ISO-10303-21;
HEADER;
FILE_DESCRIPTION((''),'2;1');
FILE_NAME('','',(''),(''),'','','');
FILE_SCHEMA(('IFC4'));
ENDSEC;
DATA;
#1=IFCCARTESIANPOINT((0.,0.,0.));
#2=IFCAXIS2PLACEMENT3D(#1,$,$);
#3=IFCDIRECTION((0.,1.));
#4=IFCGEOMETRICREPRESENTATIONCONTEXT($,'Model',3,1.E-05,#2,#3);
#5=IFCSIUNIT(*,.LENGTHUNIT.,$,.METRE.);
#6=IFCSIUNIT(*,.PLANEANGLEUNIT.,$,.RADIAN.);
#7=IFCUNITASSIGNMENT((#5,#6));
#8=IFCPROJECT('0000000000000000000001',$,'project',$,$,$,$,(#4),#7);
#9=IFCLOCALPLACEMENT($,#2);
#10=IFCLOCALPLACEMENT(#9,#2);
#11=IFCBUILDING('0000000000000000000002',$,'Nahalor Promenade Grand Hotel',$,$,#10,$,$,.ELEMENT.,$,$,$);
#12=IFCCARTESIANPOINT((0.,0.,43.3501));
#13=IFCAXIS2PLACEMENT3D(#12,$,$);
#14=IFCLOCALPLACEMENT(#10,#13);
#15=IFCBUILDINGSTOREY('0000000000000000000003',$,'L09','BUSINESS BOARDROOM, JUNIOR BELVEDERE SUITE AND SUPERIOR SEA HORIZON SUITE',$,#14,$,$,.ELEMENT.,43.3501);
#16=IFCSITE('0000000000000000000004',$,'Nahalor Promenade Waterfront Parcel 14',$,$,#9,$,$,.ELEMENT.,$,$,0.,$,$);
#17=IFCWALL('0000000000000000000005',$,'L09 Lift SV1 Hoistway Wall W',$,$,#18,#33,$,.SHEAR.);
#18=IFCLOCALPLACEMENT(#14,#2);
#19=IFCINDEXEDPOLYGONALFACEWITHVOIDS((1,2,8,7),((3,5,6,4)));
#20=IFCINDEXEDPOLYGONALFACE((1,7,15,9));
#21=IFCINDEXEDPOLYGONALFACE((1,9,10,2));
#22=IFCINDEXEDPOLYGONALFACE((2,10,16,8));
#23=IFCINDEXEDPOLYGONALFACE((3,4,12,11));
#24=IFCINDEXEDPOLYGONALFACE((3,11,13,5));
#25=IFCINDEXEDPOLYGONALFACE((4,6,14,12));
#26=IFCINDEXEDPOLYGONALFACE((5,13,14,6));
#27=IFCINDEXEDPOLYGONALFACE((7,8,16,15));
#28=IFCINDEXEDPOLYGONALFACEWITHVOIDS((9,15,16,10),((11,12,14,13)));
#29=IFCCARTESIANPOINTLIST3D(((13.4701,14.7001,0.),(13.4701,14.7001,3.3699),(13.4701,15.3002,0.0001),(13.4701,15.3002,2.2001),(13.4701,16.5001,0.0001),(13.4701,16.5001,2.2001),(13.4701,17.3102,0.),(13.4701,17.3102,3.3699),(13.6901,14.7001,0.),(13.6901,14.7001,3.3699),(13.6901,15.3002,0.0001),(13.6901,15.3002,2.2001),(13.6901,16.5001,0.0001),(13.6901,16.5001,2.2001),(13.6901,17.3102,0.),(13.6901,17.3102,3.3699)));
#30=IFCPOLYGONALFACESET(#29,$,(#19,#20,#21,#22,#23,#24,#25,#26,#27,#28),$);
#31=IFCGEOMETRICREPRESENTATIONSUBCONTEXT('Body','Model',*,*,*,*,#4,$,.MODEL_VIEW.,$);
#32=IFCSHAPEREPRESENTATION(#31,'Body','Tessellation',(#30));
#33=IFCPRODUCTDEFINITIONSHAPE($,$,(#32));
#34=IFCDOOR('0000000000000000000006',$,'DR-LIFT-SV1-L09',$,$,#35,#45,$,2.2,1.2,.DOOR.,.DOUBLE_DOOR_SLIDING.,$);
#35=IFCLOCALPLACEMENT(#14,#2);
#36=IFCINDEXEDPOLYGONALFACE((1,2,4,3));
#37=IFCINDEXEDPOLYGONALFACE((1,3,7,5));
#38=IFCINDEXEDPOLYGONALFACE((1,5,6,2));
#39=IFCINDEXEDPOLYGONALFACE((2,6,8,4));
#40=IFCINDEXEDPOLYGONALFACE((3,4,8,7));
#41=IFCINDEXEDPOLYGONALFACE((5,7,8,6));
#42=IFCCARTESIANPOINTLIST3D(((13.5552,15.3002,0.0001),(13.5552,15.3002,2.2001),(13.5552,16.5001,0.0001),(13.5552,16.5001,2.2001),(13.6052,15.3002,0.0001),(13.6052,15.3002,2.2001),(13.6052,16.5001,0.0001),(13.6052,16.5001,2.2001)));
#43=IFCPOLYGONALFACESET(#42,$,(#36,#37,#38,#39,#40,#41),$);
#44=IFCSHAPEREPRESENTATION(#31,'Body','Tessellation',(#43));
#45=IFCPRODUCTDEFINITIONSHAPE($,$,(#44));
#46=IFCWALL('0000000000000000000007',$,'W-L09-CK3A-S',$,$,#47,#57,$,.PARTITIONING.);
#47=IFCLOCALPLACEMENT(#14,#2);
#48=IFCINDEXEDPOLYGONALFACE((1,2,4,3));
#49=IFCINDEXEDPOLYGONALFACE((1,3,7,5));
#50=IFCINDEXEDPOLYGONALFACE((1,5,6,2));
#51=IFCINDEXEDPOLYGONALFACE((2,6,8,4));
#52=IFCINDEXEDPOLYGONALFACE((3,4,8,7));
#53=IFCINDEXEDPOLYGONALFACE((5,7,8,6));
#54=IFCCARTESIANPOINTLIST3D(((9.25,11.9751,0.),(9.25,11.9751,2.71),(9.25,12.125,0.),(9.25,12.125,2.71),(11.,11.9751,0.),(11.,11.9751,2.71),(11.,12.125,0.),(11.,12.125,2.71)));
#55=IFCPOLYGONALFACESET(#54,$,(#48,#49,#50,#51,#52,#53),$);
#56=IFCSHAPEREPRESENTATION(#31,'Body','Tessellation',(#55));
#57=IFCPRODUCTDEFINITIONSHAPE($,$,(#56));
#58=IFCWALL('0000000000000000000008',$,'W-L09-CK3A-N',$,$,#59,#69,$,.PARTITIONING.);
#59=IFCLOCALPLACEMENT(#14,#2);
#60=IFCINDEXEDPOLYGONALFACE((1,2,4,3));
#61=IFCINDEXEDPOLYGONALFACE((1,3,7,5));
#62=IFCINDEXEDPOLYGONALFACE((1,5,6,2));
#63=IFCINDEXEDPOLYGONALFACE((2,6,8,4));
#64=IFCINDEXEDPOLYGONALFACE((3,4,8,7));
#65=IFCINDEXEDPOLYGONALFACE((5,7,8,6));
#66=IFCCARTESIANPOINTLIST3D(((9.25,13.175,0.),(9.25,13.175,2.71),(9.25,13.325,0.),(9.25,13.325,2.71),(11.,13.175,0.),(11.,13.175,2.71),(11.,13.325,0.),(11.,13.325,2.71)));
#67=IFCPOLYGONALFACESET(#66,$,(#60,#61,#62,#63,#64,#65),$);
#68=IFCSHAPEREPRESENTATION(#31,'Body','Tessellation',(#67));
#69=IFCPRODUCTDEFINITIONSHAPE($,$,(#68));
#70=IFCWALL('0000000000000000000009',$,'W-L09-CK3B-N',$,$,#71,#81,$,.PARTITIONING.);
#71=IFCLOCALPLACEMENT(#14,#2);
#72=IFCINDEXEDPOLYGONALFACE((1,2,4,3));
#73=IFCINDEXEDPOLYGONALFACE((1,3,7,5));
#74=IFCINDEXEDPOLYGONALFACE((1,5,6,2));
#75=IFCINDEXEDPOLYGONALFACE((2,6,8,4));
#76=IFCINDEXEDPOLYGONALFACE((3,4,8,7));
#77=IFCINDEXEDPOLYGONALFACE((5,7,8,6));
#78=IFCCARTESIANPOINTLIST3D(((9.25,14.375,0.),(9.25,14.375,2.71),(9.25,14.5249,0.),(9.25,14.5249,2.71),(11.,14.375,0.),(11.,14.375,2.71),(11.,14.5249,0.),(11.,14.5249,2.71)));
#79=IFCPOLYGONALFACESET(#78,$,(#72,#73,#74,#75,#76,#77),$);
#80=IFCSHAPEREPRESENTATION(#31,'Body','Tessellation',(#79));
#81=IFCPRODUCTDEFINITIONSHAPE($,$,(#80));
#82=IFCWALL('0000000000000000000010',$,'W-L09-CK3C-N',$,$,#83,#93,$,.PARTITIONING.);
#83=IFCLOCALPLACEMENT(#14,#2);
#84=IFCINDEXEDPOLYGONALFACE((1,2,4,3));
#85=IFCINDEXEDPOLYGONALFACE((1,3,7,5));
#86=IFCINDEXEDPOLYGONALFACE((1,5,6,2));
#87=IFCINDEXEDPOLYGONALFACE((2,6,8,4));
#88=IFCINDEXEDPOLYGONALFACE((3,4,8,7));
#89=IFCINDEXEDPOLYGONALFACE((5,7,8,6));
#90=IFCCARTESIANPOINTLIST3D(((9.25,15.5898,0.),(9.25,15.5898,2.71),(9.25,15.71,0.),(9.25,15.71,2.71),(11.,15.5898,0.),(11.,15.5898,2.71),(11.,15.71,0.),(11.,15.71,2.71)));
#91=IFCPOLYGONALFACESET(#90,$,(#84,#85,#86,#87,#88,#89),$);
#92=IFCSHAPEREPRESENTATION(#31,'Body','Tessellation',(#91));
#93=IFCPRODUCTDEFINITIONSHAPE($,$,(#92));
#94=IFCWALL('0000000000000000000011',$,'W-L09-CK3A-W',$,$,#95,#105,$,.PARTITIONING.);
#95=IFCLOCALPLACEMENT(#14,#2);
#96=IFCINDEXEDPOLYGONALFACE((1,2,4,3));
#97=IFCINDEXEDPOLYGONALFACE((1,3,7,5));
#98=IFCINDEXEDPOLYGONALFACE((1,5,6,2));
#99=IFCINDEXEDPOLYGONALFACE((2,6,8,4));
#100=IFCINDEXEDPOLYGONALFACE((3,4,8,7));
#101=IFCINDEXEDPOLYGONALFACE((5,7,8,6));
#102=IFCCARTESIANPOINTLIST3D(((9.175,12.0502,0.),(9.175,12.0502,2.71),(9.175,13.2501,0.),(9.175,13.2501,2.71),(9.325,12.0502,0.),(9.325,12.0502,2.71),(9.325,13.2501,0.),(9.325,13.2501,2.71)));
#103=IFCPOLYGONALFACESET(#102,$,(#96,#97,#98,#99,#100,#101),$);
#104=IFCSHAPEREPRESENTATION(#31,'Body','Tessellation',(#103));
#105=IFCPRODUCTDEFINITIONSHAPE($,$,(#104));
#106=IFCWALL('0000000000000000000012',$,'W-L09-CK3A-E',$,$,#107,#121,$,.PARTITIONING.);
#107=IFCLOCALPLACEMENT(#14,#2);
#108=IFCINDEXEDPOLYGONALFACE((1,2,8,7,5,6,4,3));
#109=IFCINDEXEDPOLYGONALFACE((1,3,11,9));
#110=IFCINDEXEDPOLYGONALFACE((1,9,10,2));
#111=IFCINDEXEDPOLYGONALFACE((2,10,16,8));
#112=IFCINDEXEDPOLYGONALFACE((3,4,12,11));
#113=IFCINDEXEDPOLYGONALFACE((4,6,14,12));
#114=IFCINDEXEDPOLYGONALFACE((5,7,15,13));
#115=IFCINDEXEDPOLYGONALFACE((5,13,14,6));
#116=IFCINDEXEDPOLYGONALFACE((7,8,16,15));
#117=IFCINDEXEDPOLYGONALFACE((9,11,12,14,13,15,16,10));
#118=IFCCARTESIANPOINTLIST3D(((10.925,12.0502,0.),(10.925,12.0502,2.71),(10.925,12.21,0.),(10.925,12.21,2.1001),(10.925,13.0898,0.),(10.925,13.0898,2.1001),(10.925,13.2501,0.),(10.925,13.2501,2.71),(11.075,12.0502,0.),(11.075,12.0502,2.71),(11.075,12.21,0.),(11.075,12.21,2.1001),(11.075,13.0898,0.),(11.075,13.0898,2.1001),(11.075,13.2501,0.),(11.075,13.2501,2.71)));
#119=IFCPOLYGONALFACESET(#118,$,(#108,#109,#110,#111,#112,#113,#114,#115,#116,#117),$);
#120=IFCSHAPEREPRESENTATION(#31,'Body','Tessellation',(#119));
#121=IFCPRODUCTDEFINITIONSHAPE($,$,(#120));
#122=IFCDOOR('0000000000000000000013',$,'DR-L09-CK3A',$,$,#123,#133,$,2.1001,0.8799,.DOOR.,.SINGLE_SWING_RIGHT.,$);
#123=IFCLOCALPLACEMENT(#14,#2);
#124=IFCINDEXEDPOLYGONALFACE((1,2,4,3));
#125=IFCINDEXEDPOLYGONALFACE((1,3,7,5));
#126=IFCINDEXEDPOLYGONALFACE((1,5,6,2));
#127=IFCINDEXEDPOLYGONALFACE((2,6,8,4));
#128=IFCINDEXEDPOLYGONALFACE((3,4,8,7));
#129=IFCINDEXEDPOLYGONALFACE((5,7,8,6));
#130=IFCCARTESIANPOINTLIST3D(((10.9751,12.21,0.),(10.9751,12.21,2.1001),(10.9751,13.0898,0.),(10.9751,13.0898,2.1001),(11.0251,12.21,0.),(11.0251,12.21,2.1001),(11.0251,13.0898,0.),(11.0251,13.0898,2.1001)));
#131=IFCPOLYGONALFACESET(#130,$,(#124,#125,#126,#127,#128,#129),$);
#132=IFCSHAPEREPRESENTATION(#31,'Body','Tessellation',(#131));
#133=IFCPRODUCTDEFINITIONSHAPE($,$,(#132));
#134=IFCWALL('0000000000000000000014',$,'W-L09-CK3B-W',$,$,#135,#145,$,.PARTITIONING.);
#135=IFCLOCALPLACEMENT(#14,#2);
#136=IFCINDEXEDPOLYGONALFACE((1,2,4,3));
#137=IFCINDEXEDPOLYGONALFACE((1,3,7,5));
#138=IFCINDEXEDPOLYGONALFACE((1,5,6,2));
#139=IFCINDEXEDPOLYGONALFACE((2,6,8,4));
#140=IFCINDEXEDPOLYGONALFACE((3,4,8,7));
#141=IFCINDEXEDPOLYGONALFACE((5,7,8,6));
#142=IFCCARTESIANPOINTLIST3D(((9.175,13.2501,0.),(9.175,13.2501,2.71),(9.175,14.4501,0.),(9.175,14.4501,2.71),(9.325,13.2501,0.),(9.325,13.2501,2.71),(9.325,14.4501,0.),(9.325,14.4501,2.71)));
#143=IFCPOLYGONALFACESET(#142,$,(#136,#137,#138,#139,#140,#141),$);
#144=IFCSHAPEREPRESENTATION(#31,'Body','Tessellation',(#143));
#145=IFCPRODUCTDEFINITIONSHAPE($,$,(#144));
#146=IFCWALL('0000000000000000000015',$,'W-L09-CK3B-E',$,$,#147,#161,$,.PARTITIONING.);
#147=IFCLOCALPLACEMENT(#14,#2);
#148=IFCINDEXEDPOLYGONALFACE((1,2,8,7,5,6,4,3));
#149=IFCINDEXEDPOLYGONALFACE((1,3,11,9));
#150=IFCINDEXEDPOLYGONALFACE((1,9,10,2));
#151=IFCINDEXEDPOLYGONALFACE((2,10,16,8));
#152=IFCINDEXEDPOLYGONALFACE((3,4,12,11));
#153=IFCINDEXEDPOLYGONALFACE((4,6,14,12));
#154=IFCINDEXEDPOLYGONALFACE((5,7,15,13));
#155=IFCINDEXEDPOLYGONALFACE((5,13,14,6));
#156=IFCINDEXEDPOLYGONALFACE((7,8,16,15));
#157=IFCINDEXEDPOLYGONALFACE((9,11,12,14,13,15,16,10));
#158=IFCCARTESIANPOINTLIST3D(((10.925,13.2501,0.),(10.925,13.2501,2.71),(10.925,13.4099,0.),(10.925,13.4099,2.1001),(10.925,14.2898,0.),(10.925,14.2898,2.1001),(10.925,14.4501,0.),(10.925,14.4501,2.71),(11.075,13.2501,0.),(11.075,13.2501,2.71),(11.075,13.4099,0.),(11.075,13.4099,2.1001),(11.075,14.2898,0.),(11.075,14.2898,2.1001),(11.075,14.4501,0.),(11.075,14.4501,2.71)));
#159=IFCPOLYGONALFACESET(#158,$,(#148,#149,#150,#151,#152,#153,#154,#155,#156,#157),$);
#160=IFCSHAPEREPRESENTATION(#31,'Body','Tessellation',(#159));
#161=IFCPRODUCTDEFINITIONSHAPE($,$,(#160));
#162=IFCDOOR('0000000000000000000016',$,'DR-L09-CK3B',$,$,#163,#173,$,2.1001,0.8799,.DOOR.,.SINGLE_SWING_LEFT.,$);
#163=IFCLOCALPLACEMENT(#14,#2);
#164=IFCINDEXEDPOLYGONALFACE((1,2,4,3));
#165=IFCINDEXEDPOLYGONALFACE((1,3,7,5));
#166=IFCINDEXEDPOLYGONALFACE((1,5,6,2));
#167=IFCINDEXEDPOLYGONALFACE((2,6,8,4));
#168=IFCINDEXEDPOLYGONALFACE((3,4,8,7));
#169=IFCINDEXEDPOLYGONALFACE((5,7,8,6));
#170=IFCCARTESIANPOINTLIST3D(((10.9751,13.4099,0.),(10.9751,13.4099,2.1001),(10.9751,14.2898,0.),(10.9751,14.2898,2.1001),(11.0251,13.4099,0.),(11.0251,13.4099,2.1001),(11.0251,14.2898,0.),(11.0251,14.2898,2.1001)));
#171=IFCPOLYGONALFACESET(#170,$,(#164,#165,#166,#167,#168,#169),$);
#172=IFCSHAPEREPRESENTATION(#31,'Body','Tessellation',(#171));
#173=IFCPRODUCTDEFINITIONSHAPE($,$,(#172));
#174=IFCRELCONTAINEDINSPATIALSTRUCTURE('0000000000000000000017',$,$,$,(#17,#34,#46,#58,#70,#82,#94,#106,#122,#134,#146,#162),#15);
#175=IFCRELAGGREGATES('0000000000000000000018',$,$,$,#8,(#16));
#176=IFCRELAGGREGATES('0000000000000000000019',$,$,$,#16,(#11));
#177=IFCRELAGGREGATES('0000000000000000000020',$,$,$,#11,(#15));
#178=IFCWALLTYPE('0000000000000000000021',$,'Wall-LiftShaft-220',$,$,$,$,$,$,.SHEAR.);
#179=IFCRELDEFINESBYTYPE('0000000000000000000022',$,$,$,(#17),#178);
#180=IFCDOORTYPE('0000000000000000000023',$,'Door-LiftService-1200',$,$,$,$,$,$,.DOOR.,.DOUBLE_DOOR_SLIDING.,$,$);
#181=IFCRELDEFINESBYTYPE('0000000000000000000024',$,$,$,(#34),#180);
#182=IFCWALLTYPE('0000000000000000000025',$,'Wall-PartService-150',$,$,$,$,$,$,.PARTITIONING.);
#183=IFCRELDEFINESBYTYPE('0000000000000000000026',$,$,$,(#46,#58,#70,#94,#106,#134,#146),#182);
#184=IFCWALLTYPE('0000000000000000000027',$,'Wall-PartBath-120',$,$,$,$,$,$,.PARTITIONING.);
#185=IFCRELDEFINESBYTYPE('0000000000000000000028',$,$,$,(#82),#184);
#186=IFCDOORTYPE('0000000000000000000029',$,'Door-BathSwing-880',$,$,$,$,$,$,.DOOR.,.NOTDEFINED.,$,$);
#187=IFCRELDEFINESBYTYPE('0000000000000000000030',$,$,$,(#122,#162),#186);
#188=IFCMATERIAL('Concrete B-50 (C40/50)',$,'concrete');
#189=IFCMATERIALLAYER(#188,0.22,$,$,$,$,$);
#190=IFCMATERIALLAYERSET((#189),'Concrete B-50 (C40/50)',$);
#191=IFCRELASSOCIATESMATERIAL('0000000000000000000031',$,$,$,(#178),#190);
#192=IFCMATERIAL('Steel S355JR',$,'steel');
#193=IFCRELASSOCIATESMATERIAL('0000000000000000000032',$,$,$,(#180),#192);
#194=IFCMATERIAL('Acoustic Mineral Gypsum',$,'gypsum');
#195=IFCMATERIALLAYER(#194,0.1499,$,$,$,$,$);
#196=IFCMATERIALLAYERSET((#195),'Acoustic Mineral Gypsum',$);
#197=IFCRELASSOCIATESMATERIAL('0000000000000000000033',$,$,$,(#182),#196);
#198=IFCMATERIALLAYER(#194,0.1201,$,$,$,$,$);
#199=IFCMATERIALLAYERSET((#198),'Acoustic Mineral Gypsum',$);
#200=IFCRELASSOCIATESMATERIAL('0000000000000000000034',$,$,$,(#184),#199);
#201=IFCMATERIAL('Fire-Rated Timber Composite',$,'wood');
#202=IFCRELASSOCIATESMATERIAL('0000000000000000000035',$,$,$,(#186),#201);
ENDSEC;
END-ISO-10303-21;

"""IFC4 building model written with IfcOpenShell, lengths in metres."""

from ifc_helpers import new_model, si_unit, direction, frame, frame_2d, origin, place, context, subcontext, project, spatial, rectangle, extrude, source, transform, mapped, material, layer, layer_set, type_object, element, fill, save


model = new_model("IFC4")

# Units and contexts
model_context = context("Model", 3, precision=1e-05, world=origin(), true_north=direction((0.0, 1.0)))
body_context = subcontext(model_context, "Body", "Model", "MODEL_VIEW")
ifc_project = project(units=[si_unit("LENGTHUNIT", "METRE"), si_unit("PLANEANGLEUNIT", "RADIAN")], contexts=[model_context])

# Site, building, storey
site_placement = place(None, origin())
site = spatial("IfcSite", under=ifc_project, at=site_placement, Name="Nahalor Promenade Waterfront Parcel 14", CompositionType="ELEMENT", RefElevation=0.0)
building_placement = place(site_placement, origin())
building = spatial("IfcBuilding", under=site, at=building_placement, Name="Nahalor Promenade Grand Hotel", CompositionType="ELEMENT")
storey_placement = place(building_placement, frame((0.0, 0.0, 43.3501)))
storey = spatial("IfcBuildingStorey", under=building, at=storey_placement, Name="L09", Description="BUSINESS BOARDROOM, JUNIOR BELVEDERE SUITE AND SUPERIOR SEA HORIZON SUITE", CompositionType="ELEMENT", Elevation=43.3501)

# Shared definitions
ifc_material_1 = material(Name="Steel S355JR", Category="steel")

# Shared definitions
ifc_material_2 = material(Name="Concrete B-50 (C40/50)", Category="concrete")
ifc_layer_1 = layer(ifc_material_2, 0.22)
ifc_layer_set_1 = layer_set([ifc_layer_1], Name="Concrete B-50 (C40/50)")
wall_type_1 = type_object("IfcWallType", Name="Wall-LiftShaft-220", PredefinedType="SHEAR", material=ifc_layer_set_1)

# Wall, opening, door
shared_shape_1 = source(origin(), body_context, "Body", "SweptSolid", [
    extrude(rectangle(XDim=2.6101, YDim=0.22, at=frame_2d((1.3052, 0.0))), origin(), (0.0, 0.0, 1.0), 3.3699),
])
wall_1_placement = place(storey_placement, frame((13.5801, 14.7, 0.0), z_axis=(0.0, 0.0, 1.0), x_axis=(0.0, 1.0, 0.0)))
wall_1 = element("IfcWall", 1, at=wall_1_placement, inside=storey, type_object=wall_type_1, Name="L09 Lift SV1 Hoistway Wall W", PredefinedType="SHEAR", context=body_context, shape_type="MappedRepresentation", body=[
    mapped(shared_shape_1, transform((0.0, 0.0, 0.0), scale=1.0)),
])
opening_1_placement = place(wall_1_placement, frame((0.6001, 0.0, 0.0)))
opening_1 = element("IfcOpeningElement", 2, at=opening_1_placement, cuts=wall_1, PredefinedType="OPENING", context=body_context, shape_type="SweptSolid", body=[
    extrude(rectangle(XDim=1.2, YDim=2.2, at=frame_2d((0.6001, 1.1001))), frame((0.0, 0.1199, 0.0), z_axis=(0.0, -1.0, 0.0), x_axis=(1.0, 0.0, 0.0)), (0.0, 0.0, 1.0), 0.24),
])
door_type_1 = type_object("IfcDoorType", Name="Door-LiftService-1200", OperationType="DOUBLE_DOOR_SLIDING", PredefinedType="DOOR", material=ifc_material_1)
shared_shape_2 = source(origin(), body_context, "Body", "SweptSolid", [
    extrude(rectangle(XDim=1.2, YDim=2.2, at=frame_2d((0.6001, 1.1001))), frame((0.0, 0.0249, 0.0), z_axis=(0.0, -1.0, 0.0), x_axis=(1.0, 0.0, 0.0)), (0.0, 0.0, 1.0), 0.05),
])
door_1_placement = place(opening_1_placement, origin())
door_1 = element("IfcDoor", 3, at=door_1_placement, inside=storey, type_object=door_type_1, Name="DR-LIFT-SV1-L09", OperationType="DOUBLE_DOOR_SLIDING", OverallHeight=2.2, OverallWidth=1.2, PredefinedType="DOOR", context=body_context, shape_type="MappedRepresentation", body=[
    mapped(shared_shape_2, transform((0.0, 0.0, 0.0), scale=1.0)),
])
fill(opening_1, door_1)

# Walls
ifc_material_3 = material(Name="Acoustic Mineral Gypsum", Category="gypsum")
ifc_layer_2 = layer(ifc_material_3, 0.1499)
ifc_layer_set_2 = layer_set([ifc_layer_2], Name="Acoustic Mineral Gypsum")
wall_type_2 = type_object("IfcWallType", Name="Wall-PartService-150", PredefinedType="PARTITIONING", material=ifc_layer_set_2)
shared_shape_3 = source(origin(), body_context, "Body", "SweptSolid", [
    extrude(rectangle(XDim=1.75, YDim=0.1499, at=frame_2d((0.875, 0.0))), origin(), (0.0, 0.0, 1.0), 2.71),
])
for number, where, z_axis, x_axis, name in (
    (4, (9.25, 12.05, 0.0), (0.0, 0.0, 1.0), (1.0, 0.0, 0.0), "W-L09-CK3A-S"),
    (5, (9.25, 13.25, 0.0), (0.0, 0.0, 1.0), (1.0, 0.0, 0.0), "W-L09-CK3A-N"),
    (6, (9.25, 14.45, 0.0), (0.0, 0.0, 1.0), (1.0, 0.0, 0.0), "W-L09-CK3B-N"),
):
    element("IfcWall", number, at=place(storey_placement, frame(where, z_axis=z_axis, x_axis=x_axis)), inside=storey, type_object=wall_type_2, Name=name, PredefinedType="PARTITIONING", context=body_context, shape_type="MappedRepresentation", body=[
        mapped(shared_shape_3, transform((0.0, 0.0, 0.0), scale=1.0)),
    ])
ifc_layer_3 = layer(ifc_material_3, 0.1201)
ifc_layer_set_3 = layer_set([ifc_layer_3], Name="Acoustic Mineral Gypsum")
wall_type_3 = type_object("IfcWallType", Name="Wall-PartBath-120", PredefinedType="PARTITIONING", material=ifc_layer_set_3)
shared_shape_4 = source(origin(), body_context, "Body", "SweptSolid", [
    extrude(rectangle(XDim=1.75, YDim=0.1201, at=frame_2d((0.875, 0.0))), origin(), (0.0, 0.0, 1.0), 2.71),
])
wall_2_placement = place(storey_placement, frame((9.25, 15.6499, 0.0), z_axis=(0.0, 0.0, 1.0), x_axis=(1.0, 0.0, 0.0)))
element("IfcWall", 7, at=wall_2_placement, inside=storey, type_object=wall_type_3, Name="W-L09-CK3C-N", PredefinedType="PARTITIONING", context=body_context, shape_type="MappedRepresentation", body=[
    mapped(shared_shape_4, transform((0.0, 0.0, 0.0), scale=1.0)),
])
shared_shape_5 = source(origin(), body_context, "Body", "SweptSolid", [
    extrude(rectangle(XDim=1.2, YDim=0.1499, at=frame_2d((0.6001, 0.0))), origin(), (0.0, 0.0, 1.0), 2.71),
])
wall_3_placement = place(storey_placement, frame((9.25, 12.05, 0.0), z_axis=(0.0, 0.0, 1.0), x_axis=(0.0, 1.0, 0.0)))
element("IfcWall", 8, at=wall_3_placement, inside=storey, type_object=wall_type_2, Name="W-L09-CK3A-W", PredefinedType="PARTITIONING", context=body_context, shape_type="MappedRepresentation", body=[
    mapped(shared_shape_5, transform((0.0, 0.0, 0.0), scale=1.0)),
])

# Wall, opening, door
wall_4_placement = place(storey_placement, frame((11.0, 12.05, 0.0), z_axis=(0.0, 0.0, 1.0), x_axis=(0.0, 1.0, 0.0)))
wall_4 = element("IfcWall", 9, at=wall_4_placement, inside=storey, type_object=wall_type_2, Name="W-L09-CK3A-E", PredefinedType="PARTITIONING", context=body_context, shape_type="MappedRepresentation", body=[
    mapped(shared_shape_5, transform((0.0, 0.0, 0.0), scale=1.0)),
])
opening_2_placement = place(wall_4_placement, frame((0.1599, 0.0, 0.0)))
opening_2 = element("IfcOpeningElement", 10, at=opening_2_placement, cuts=wall_4, PredefinedType="OPENING", context=body_context, shape_type="SweptSolid", body=[
    extrude(rectangle(XDim=0.8799, YDim=2.1001, at=frame_2d((0.4399, 1.05))), frame((0.0, 0.085, 0.0), z_axis=(0.0, -1.0, 0.0), x_axis=(1.0, 0.0, 0.0)), (0.0, 0.0, 1.0), 0.1699),
])
ifc_material_4 = material(Name="Fire-Rated Timber Composite", Category="wood")
door_type_2 = type_object("IfcDoorType", Name="Door-BathSwing-880", OperationType="NOTDEFINED", PredefinedType="DOOR", material=ifc_material_4)
shared_shape_6 = source(origin(), body_context, "Body", "SweptSolid", [
    extrude(rectangle(XDim=0.8799, YDim=2.1001, at=frame_2d((0.4399, 1.05))), frame((0.0, 0.0249, 0.0), z_axis=(0.0, -1.0, 0.0), x_axis=(1.0, 0.0, 0.0)), (0.0, 0.0, 1.0), 0.05),
])
door_2_placement = place(opening_2_placement, origin())
door_2 = element("IfcDoor", 11, at=door_2_placement, inside=storey, type_object=door_type_2, Name="DR-L09-CK3A", OperationType="SINGLE_SWING_RIGHT", OverallHeight=2.1001, OverallWidth=0.8799, PredefinedType="DOOR", context=body_context, shape_type="MappedRepresentation", body=[
    mapped(shared_shape_6, transform((0.0, 0.0, 0.0), scale=1.0)),
])
fill(opening_2, door_2)

# Wall
wall_5_placement = place(storey_placement, frame((9.25, 13.25, 0.0), z_axis=(0.0, 0.0, 1.0), x_axis=(0.0, 1.0, 0.0)))
element("IfcWall", 12, at=wall_5_placement, inside=storey, type_object=wall_type_2, Name="W-L09-CK3B-W", PredefinedType="PARTITIONING", context=body_context, shape_type="MappedRepresentation", body=[
    mapped(shared_shape_5, transform((0.0, 0.0, 0.0), scale=1.0)),
])

# Wall, opening, door
wall_6_placement = place(storey_placement, frame((11.0, 13.25, 0.0), z_axis=(0.0, 0.0, 1.0), x_axis=(0.0, 1.0, 0.0)))
wall_6 = element("IfcWall", 13, at=wall_6_placement, inside=storey, type_object=wall_type_2, Name="W-L09-CK3B-E", PredefinedType="PARTITIONING", context=body_context, shape_type="MappedRepresentation", body=[
    mapped(shared_shape_5, transform((0.0, 0.0, 0.0), scale=1.0)),
])
opening_3_placement = place(wall_6_placement, frame((0.1599, 0.0, 0.0)))
opening_3 = element("IfcOpeningElement", 14, at=opening_3_placement, cuts=wall_6, PredefinedType="OPENING", context=body_context, shape_type="SweptSolid", body=[
    extrude(rectangle(XDim=0.8799, YDim=2.1001, at=frame_2d((0.4399, 1.05))), frame((0.0, 0.085, 0.0), z_axis=(0.0, -1.0, 0.0), x_axis=(1.0, 0.0, 0.0)), (0.0, 0.0, 1.0), 0.1699),
])
door_3_placement = place(opening_3_placement, origin())
door_3 = element("IfcDoor", 15, at=door_3_placement, inside=storey, type_object=door_type_2, Name="DR-L09-CK3B", OperationType="SINGLE_SWING_LEFT", OverallHeight=2.1001, OverallWidth=0.8799, PredefinedType="DOOR", context=body_context, shape_type="MappedRepresentation", body=[
    mapped(shared_shape_6, transform((0.0, 0.0, 0.0), scale=1.0)),
])
fill(opening_3, door_3)

save(model, "model.ifc")
